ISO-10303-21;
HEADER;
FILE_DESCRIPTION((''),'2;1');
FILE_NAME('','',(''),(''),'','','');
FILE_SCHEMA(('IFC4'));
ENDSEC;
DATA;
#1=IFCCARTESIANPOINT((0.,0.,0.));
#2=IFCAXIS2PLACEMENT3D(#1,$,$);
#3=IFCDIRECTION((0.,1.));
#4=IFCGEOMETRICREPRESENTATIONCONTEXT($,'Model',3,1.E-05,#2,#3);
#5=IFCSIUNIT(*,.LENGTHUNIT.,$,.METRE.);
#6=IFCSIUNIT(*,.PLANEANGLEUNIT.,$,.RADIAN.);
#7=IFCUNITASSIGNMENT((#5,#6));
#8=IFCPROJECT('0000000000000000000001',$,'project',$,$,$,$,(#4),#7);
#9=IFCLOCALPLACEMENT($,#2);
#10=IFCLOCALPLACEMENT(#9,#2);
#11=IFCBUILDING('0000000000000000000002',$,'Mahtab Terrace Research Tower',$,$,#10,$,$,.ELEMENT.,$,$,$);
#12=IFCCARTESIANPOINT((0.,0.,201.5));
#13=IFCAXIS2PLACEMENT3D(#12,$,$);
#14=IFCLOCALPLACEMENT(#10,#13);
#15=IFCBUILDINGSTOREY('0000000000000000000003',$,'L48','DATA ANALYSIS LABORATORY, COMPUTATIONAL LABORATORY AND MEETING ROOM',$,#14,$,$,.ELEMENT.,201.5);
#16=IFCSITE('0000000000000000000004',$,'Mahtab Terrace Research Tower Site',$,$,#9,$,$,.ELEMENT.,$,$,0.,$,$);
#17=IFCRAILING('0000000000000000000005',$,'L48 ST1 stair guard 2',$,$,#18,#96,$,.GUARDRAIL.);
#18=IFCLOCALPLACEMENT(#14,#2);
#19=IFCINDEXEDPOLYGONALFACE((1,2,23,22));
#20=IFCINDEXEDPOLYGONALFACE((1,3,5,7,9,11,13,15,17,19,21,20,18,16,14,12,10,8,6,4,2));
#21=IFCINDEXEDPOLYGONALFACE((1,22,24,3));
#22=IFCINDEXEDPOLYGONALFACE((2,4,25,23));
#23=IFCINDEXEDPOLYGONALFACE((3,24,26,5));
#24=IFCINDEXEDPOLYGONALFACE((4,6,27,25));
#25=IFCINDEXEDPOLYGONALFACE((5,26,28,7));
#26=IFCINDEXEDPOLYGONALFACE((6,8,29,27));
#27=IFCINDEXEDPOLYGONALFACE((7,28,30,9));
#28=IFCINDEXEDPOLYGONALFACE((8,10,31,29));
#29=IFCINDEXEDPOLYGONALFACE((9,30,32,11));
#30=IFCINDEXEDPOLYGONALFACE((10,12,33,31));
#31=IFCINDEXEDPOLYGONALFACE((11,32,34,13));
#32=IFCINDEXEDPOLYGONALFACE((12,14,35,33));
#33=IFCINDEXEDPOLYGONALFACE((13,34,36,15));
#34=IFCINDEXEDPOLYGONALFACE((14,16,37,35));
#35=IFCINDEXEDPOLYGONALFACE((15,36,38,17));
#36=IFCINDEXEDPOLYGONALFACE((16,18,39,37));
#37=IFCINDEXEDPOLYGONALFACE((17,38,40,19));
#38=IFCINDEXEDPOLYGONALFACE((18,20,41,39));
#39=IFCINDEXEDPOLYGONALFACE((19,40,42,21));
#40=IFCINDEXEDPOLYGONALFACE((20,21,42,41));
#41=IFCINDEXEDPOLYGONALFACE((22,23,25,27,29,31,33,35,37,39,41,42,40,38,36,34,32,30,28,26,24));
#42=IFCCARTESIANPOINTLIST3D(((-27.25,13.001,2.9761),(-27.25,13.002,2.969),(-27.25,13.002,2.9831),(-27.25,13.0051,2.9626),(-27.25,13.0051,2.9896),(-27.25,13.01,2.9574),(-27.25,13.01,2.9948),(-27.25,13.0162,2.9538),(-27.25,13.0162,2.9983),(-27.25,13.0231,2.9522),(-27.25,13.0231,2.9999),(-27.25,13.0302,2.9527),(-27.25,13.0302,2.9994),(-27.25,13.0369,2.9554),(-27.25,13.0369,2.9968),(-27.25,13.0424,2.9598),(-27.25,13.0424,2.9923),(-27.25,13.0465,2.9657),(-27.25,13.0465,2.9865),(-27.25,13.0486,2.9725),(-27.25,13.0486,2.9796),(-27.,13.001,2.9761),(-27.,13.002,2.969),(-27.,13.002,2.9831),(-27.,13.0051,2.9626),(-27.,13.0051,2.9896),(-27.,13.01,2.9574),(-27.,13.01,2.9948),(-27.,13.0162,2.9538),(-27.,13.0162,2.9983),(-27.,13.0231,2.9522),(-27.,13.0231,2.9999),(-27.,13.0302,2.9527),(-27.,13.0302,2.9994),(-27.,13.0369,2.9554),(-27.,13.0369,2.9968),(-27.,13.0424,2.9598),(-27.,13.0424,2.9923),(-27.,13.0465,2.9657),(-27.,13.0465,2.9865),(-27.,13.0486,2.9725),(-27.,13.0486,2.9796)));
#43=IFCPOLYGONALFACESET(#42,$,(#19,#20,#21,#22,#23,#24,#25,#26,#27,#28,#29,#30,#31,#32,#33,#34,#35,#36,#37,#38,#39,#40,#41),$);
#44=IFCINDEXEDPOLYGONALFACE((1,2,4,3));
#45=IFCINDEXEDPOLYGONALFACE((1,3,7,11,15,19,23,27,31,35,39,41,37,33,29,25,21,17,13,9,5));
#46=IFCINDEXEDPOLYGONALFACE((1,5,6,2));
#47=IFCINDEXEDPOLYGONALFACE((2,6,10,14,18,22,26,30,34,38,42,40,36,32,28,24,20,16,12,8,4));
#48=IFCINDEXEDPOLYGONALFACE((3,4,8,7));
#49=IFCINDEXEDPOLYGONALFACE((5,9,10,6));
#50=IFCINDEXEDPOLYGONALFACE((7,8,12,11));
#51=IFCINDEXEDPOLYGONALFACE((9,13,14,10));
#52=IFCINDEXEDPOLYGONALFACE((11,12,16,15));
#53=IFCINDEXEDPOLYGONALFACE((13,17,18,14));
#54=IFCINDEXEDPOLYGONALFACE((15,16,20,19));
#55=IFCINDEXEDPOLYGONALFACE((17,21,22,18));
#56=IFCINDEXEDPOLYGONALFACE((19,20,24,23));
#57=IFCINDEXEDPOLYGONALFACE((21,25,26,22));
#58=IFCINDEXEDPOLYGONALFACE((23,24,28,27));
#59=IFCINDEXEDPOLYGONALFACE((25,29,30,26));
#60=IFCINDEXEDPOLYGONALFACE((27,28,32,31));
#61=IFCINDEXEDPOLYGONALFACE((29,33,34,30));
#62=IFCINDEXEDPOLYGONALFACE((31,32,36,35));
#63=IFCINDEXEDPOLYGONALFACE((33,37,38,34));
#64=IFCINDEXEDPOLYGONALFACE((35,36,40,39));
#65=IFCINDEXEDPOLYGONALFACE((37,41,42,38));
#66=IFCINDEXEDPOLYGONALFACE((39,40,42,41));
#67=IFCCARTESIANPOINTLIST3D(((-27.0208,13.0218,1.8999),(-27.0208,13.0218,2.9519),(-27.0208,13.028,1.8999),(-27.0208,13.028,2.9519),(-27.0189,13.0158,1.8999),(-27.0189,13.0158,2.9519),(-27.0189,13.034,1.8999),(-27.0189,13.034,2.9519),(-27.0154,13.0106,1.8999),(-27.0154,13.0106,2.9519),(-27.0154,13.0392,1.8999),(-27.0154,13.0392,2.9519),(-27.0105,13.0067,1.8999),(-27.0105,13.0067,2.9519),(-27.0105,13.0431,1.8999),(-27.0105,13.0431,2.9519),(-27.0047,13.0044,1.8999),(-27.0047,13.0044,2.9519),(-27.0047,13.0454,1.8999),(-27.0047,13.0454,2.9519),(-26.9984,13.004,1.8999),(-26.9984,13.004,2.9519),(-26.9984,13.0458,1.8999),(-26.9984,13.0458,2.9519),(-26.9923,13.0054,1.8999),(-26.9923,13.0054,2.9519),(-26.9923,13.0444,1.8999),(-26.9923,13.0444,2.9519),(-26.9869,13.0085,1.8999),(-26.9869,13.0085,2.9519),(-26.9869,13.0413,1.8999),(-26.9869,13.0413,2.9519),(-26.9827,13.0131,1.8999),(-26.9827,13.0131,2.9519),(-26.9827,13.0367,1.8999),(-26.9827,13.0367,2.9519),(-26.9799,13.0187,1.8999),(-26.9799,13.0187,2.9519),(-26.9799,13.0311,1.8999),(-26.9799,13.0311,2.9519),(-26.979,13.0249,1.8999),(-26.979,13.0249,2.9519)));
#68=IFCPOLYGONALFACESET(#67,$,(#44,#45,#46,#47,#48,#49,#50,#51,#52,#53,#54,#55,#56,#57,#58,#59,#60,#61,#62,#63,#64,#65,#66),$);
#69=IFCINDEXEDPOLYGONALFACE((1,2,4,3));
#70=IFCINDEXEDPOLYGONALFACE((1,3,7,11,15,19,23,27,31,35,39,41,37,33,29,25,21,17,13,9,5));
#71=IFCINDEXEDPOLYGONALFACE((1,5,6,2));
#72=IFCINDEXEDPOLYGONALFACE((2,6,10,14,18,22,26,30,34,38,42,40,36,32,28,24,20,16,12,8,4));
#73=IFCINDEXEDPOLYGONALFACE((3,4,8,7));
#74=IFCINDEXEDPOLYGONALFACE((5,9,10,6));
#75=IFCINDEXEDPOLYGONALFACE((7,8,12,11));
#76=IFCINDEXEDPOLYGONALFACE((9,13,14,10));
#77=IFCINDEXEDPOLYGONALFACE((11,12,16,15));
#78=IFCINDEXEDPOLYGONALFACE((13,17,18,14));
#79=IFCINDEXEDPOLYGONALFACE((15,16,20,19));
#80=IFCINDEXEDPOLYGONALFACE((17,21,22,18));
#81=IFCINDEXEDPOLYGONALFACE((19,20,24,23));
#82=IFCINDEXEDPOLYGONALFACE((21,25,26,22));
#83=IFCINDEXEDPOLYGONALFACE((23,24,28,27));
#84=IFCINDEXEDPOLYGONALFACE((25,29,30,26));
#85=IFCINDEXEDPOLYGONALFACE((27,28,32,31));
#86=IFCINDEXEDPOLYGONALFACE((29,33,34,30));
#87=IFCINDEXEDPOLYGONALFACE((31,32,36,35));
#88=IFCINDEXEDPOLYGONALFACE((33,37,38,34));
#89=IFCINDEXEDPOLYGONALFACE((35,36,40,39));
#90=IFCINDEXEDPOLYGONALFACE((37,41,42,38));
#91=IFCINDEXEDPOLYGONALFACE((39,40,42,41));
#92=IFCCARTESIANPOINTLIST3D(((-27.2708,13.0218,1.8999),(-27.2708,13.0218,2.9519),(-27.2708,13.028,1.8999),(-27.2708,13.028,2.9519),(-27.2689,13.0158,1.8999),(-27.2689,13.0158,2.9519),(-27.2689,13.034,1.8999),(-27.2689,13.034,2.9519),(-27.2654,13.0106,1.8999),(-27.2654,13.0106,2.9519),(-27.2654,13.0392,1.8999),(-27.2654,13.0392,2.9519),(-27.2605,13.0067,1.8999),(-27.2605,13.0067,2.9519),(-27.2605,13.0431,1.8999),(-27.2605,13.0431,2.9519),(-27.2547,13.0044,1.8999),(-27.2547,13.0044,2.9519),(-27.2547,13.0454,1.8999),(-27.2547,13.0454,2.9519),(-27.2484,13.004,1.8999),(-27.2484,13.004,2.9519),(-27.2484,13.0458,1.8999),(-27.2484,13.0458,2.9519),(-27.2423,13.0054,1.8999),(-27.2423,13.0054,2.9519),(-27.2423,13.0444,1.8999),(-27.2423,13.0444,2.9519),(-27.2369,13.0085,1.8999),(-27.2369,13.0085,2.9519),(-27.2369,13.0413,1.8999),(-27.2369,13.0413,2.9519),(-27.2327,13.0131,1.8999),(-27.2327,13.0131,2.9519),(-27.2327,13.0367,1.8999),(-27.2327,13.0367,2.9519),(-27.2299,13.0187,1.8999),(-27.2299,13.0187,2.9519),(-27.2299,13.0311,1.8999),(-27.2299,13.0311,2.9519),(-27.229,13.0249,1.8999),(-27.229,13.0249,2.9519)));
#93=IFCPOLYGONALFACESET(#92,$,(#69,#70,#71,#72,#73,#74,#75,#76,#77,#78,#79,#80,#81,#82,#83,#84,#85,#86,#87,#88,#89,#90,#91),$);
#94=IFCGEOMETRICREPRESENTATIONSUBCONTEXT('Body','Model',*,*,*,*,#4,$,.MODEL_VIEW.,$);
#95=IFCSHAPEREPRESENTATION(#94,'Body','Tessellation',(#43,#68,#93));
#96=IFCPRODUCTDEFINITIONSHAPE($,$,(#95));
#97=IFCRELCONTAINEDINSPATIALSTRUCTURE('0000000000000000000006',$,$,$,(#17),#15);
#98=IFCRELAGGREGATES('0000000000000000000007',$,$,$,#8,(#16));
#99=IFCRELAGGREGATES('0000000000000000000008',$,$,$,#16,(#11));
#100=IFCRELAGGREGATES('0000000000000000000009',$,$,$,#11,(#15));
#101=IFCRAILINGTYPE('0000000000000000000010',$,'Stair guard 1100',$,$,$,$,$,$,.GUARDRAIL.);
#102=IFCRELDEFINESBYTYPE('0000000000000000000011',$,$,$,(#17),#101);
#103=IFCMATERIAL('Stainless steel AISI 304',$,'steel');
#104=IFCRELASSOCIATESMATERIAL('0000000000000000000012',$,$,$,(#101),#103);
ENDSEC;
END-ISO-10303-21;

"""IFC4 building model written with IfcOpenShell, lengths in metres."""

from ifc_helpers import new_model, si_unit, direction, frame, origin, origin_2d, place, context, subcontext, project, spatial, circle, extrude, material, type_object, element, save


model = new_model("IFC4")

# Units and contexts
model_context = context("Model", 3, precision=1e-05, world=origin(), true_north=direction((0.0, 1.0)))
body_context = subcontext(model_context, "Body", "Model", "MODEL_VIEW")
ifc_project = project(units=[si_unit("LENGTHUNIT", "METRE"), si_unit("PLANEANGLEUNIT", "RADIAN")], contexts=[model_context])

# Site, building, storey
site_placement = place(None, origin())
site = spatial("IfcSite", under=ifc_project, at=site_placement, Name="Mahtab Terrace Research Tower Site", CompositionType="ELEMENT", RefElevation=0.0)
building_placement = place(site_placement, origin())
building = spatial("IfcBuilding", under=site, at=building_placement, Name="Mahtab Terrace Research Tower", CompositionType="ELEMENT")
storey_placement = place(building_placement, frame((0.0, 0.0, 201.5)))
storey = spatial("IfcBuildingStorey", under=building, at=storey_placement, Name="L48", Description="DATA ANALYSIS LABORATORY, COMPUTATIONAL LABORATORY AND MEETING ROOM", CompositionType="ELEMENT", Elevation=201.5)

# Railing
ifc_material_1 = material(Name="Stainless steel AISI 304", Category="steel")
railing_type_1 = type_object("IfcRailingType", Name="Stair guard 1100", PredefinedType="GUARDRAIL", material=ifc_material_1)
railing_1_placement = place(storey_placement, frame((-27.0, 13.0249, 1.8999)))
element("IfcRailing", 1, at=railing_1_placement, inside=storey, type_object=railing_type_1, Name="L48 ST1 stair guard 2", PredefinedType="GUARDRAIL", context=body_context, shape_type="SweptSolid", body=[
    extrude(circle(Radius=0.0239, at=origin_2d()), frame((0.0, 0.0, 1.0762), z_axis=(-1.0, 0.0, 0.0), x_axis=(0.0, -1.0, 0.0)), (0.0, 0.0, 1.0), 0.25),
    extrude(circle(Radius=0.021, at=origin_2d()), origin(), (0.0, 0.0, 1.0), 1.052),
    extrude(circle(Radius=0.021, at=origin_2d()), frame((-0.25, 0.0, 0.0)), (0.0, 0.0, 1.0), 1.052),
])

save(model, "model.ifc")
